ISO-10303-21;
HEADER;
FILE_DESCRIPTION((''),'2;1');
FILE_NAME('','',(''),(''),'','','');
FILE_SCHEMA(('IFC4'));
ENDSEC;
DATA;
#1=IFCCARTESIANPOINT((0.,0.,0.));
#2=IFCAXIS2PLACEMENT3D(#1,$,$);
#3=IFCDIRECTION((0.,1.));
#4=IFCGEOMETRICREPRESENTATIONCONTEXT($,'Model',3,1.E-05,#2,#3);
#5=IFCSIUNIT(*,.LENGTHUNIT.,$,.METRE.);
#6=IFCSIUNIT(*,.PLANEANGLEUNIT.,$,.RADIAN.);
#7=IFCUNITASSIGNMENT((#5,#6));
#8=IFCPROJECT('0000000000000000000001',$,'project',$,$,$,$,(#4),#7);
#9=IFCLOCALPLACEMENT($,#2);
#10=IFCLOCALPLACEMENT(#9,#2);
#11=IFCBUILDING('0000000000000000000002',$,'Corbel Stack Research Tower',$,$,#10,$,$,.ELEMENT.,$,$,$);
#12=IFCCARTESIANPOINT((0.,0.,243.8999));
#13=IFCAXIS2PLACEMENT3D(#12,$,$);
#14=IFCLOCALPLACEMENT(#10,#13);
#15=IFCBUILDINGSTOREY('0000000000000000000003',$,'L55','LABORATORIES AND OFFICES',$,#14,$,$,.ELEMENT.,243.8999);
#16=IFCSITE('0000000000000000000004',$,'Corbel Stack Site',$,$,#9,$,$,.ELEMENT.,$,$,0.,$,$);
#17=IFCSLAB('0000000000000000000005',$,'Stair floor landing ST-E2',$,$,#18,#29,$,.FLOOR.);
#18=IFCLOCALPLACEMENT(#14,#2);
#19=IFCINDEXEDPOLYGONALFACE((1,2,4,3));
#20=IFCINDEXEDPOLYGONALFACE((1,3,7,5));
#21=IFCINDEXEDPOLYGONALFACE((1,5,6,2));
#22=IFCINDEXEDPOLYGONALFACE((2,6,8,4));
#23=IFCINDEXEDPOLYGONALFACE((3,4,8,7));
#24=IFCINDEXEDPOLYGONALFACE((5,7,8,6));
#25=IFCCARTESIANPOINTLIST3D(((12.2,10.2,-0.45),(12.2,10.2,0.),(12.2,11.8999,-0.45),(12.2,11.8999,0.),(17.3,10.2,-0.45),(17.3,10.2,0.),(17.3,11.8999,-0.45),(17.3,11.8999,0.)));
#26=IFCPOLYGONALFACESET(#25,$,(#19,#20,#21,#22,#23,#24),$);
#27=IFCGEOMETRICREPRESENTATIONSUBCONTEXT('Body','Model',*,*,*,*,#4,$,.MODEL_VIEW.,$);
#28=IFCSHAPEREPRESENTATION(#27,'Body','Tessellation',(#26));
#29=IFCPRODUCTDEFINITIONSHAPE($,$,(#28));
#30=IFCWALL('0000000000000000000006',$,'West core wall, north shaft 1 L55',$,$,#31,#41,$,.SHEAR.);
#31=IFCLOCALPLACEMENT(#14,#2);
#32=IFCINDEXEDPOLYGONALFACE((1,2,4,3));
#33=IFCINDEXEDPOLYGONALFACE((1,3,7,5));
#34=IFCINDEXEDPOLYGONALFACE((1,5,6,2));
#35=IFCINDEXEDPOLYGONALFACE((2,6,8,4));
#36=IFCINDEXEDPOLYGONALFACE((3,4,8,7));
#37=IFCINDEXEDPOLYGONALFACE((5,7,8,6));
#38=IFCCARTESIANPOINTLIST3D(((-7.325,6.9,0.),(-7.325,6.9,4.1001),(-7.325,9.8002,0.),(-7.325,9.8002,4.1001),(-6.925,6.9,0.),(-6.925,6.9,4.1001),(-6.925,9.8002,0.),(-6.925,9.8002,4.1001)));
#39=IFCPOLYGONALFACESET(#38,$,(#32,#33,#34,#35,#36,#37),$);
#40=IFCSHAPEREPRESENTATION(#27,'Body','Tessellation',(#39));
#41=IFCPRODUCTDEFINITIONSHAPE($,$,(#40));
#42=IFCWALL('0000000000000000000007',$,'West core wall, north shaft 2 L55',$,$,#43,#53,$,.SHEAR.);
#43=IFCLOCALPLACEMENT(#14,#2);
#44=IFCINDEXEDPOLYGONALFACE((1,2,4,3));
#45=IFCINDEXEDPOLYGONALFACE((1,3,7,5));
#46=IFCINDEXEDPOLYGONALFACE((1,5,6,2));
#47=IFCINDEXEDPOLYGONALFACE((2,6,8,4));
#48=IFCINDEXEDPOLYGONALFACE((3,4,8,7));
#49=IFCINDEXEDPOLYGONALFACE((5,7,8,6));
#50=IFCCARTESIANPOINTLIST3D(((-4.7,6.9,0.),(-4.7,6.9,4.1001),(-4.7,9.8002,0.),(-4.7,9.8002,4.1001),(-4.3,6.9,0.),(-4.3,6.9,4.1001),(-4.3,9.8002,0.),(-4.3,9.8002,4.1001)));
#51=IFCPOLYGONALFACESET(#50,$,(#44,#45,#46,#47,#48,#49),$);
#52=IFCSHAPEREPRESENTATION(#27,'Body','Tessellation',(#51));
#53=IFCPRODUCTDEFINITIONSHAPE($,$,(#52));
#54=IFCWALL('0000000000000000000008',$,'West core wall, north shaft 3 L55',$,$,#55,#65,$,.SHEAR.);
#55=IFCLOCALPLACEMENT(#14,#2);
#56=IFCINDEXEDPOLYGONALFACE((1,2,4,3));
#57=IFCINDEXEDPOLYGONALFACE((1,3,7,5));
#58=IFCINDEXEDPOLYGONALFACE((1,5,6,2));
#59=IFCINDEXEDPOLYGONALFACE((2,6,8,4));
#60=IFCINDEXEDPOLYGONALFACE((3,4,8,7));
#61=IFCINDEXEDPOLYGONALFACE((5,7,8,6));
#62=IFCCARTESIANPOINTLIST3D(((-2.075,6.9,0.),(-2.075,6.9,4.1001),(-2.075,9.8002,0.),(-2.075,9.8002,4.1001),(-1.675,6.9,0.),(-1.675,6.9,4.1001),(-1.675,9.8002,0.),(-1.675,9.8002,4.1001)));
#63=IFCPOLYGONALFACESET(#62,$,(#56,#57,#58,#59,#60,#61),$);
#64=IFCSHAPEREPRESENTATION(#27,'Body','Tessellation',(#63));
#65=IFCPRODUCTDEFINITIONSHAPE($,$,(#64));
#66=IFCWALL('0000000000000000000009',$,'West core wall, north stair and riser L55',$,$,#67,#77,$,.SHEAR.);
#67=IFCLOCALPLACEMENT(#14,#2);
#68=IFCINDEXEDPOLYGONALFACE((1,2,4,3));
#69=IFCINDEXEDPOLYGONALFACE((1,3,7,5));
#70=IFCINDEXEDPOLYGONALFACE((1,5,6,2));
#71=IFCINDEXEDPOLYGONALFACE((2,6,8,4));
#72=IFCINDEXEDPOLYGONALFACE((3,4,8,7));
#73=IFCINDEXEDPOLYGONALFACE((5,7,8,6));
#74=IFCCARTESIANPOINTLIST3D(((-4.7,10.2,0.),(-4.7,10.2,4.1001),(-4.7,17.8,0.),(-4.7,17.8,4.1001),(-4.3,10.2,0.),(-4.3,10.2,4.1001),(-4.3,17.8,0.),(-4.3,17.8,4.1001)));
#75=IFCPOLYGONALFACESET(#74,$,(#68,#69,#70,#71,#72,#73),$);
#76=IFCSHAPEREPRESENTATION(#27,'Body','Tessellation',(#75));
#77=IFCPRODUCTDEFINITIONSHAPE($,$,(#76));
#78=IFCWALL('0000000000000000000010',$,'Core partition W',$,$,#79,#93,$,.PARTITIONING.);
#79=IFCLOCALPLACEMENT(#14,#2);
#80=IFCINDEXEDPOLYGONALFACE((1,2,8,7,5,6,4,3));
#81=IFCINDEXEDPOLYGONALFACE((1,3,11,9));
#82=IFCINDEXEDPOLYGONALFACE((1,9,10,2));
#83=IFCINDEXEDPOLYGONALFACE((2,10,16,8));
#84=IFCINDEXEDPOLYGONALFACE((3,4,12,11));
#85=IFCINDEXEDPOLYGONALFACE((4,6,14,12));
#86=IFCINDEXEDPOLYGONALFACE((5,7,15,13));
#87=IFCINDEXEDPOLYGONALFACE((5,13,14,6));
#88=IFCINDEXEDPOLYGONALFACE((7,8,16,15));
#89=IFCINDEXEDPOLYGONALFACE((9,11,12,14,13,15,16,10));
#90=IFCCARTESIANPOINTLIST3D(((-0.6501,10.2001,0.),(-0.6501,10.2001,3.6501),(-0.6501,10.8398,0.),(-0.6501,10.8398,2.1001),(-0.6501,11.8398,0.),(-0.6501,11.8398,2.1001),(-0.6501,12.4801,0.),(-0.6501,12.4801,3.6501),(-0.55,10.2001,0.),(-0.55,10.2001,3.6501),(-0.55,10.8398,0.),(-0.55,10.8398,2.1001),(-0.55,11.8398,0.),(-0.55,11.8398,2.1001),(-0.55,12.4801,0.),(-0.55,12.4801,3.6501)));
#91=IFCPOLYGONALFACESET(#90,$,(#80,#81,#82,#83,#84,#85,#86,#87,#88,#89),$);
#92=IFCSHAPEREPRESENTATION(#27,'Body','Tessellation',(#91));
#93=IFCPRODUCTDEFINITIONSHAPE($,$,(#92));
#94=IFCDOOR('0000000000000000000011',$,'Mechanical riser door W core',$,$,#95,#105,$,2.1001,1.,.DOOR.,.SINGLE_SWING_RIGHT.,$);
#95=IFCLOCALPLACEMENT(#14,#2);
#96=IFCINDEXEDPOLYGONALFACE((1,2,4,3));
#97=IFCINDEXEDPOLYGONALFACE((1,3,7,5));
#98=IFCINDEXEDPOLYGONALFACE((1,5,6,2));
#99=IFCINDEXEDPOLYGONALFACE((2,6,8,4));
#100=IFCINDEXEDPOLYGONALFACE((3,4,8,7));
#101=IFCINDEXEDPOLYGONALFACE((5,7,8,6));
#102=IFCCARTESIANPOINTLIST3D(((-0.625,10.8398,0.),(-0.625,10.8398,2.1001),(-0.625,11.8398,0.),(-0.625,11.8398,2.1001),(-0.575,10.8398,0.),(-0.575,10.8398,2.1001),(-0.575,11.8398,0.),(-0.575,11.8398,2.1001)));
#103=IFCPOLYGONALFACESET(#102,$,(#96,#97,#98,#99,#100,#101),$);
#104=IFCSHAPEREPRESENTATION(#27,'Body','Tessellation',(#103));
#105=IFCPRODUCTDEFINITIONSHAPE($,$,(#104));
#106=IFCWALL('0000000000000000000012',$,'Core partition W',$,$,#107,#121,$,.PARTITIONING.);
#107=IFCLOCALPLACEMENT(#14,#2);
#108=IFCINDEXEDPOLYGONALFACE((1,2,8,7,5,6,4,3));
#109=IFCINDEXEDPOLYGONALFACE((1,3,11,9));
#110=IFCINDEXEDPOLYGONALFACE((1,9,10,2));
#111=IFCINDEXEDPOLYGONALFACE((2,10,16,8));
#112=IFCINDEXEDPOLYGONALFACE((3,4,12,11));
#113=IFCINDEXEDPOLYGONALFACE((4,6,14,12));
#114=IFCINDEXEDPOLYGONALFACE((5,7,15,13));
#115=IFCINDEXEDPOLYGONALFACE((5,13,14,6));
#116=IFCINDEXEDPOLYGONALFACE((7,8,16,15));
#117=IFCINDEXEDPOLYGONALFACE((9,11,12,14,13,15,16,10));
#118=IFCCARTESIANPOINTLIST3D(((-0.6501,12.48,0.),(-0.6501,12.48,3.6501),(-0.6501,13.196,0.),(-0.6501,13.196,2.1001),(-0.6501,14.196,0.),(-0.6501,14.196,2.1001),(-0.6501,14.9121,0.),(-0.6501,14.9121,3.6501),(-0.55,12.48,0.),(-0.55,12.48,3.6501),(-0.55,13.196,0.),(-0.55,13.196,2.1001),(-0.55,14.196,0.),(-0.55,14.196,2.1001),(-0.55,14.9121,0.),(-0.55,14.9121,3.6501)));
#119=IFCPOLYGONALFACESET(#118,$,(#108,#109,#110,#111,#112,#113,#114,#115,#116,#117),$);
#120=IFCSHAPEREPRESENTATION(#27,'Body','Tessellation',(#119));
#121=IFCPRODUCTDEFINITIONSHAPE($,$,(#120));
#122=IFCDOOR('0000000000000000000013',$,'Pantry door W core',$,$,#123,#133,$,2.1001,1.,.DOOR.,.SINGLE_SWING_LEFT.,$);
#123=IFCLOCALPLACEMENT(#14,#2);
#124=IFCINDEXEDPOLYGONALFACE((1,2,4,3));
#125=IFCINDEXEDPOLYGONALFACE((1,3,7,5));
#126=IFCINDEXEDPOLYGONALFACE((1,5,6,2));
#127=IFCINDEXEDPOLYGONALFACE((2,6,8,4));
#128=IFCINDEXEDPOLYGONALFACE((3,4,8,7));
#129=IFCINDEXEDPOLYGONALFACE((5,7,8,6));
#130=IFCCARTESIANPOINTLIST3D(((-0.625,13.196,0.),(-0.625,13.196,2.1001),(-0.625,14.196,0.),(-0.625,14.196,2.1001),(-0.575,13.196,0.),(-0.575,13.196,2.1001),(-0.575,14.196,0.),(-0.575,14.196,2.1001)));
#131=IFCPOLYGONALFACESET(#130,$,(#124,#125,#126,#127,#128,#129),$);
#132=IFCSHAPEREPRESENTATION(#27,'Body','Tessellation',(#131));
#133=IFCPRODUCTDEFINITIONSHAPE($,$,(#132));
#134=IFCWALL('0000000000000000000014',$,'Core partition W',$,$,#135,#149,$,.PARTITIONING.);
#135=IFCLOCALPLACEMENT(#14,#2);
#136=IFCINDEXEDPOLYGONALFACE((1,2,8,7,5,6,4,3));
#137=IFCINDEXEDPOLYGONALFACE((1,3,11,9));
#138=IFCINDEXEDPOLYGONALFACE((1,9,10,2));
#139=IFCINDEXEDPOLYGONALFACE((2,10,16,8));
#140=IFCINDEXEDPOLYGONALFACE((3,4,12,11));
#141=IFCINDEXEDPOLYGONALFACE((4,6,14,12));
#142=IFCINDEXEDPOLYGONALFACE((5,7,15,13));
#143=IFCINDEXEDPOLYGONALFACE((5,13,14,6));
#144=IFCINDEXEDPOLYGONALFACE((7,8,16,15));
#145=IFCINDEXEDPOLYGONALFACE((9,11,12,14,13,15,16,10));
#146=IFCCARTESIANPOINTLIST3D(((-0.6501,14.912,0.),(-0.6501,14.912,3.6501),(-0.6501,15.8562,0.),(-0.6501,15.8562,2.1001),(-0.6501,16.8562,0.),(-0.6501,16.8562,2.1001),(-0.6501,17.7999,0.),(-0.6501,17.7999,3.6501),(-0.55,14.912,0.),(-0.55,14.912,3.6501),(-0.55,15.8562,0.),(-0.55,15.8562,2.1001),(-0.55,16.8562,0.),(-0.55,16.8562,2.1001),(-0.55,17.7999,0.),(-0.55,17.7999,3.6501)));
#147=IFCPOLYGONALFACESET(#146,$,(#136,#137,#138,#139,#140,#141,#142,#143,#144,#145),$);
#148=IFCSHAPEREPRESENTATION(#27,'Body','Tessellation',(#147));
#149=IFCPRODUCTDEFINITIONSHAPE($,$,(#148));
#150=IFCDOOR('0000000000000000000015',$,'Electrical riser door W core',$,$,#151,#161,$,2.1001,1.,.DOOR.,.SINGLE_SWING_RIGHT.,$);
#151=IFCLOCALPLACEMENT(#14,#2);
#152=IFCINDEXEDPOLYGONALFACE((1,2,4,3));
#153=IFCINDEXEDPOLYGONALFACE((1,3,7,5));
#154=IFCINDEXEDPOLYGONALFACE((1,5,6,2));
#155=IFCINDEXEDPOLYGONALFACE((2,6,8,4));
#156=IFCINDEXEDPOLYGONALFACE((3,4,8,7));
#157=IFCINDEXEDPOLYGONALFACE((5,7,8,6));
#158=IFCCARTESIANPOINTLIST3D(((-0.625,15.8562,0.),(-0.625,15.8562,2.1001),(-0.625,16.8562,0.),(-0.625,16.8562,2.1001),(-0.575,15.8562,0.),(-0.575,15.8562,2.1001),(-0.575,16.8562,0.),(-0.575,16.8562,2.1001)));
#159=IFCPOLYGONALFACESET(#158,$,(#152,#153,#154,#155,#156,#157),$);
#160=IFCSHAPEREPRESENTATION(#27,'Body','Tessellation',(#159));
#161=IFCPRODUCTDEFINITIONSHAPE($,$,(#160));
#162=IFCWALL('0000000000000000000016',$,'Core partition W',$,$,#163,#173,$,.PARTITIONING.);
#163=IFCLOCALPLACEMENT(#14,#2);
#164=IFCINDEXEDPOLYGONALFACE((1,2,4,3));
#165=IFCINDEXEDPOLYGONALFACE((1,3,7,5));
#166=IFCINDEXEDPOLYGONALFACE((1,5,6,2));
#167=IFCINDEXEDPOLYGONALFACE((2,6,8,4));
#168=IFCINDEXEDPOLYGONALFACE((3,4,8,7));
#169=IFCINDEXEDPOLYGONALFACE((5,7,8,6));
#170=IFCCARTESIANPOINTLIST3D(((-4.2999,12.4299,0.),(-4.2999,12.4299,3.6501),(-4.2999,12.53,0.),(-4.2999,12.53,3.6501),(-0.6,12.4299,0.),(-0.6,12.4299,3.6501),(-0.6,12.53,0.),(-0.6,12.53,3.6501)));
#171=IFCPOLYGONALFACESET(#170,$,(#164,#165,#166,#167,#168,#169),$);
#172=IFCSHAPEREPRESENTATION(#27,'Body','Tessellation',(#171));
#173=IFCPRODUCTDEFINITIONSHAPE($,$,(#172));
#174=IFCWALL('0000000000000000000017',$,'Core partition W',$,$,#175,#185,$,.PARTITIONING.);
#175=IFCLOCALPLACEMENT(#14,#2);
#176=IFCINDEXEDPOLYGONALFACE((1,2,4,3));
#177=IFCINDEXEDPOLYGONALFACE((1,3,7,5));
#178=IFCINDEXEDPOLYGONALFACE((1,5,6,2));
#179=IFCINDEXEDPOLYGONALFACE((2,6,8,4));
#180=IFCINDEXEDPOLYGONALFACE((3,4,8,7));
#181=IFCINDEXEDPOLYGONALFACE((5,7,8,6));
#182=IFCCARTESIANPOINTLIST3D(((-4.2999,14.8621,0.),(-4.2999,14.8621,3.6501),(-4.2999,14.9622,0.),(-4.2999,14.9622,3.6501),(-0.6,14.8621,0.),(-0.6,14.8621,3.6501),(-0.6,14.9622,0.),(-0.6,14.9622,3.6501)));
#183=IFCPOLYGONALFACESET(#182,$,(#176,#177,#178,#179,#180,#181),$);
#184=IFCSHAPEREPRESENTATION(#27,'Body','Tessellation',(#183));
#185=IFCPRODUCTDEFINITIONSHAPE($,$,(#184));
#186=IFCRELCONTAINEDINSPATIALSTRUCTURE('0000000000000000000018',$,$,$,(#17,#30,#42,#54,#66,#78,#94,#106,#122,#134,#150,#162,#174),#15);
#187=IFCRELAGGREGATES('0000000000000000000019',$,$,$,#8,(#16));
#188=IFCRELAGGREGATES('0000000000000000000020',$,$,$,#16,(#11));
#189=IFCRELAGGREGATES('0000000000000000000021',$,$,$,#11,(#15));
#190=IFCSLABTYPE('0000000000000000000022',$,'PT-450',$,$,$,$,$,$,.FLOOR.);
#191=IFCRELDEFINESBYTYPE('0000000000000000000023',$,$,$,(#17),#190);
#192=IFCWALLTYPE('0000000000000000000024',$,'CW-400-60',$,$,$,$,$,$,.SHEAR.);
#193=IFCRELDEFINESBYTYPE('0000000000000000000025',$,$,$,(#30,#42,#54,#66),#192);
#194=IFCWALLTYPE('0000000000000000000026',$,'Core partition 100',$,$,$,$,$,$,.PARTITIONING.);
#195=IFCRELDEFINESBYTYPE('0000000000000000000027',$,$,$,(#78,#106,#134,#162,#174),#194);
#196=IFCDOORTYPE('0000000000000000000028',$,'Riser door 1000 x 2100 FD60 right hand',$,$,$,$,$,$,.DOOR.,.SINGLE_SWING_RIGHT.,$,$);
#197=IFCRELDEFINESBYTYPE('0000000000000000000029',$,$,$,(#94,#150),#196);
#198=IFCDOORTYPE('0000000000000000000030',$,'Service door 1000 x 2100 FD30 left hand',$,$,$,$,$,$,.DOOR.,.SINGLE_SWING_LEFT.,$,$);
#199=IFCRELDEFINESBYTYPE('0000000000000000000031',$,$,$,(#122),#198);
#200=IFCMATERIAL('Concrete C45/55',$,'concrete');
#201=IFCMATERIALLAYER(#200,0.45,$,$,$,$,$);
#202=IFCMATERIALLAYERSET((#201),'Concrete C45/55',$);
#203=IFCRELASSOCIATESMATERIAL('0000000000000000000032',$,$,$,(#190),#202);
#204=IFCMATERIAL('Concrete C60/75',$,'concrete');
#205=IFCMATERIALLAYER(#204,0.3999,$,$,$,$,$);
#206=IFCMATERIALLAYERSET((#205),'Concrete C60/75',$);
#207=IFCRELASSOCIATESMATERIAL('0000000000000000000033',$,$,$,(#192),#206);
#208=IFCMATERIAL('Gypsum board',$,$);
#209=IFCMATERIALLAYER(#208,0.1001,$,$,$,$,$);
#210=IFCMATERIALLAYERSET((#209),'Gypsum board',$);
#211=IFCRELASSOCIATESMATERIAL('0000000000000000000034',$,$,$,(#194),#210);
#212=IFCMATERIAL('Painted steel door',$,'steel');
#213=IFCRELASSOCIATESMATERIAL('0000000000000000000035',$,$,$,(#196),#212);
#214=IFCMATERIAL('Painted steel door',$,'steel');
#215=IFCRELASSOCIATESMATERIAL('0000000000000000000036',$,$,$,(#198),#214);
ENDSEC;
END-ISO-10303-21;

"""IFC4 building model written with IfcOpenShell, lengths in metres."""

from ifc_helpers import new_model, si_unit, direction, frame, frame_2d, origin, place, context, subcontext, project, spatial, polyline, rectangle, outline, extrude, material, layer, layer_set, type_object, element, fill, save


model = new_model("IFC4")

# Units and contexts
model_context = context("Model", 3, precision=1e-05, world=origin(), true_north=direction((0.0, 1.0)))
body_context = subcontext(model_context, "Body", "Model", "MODEL_VIEW")
ifc_project = project(units=[si_unit("LENGTHUNIT", "METRE"), si_unit("PLANEANGLEUNIT", "RADIAN")], contexts=[model_context])

# Site, building, storey
site_placement = place(None, origin())
site = spatial("IfcSite", under=ifc_project, at=site_placement, Name="Corbel Stack Site", CompositionType="ELEMENT", RefElevation=0.0)
building_placement = place(site_placement, origin())
building = spatial("IfcBuilding", under=site, at=building_placement, Name="Corbel Stack Research Tower", CompositionType="ELEMENT")
storey_placement = place(building_placement, frame((0.0, 0.0, 243.8999)))
storey = spatial("IfcBuildingStorey", under=building, at=storey_placement, Name="L55", Description="LABORATORIES AND OFFICES", CompositionType="ELEMENT", Elevation=243.8999)

# Slab
ifc_material_1 = material(Name="Concrete C45/55", Category="concrete")
ifc_layer_1 = layer(ifc_material_1, 0.45)
ifc_layer_set_1 = layer_set([ifc_layer_1], Name="Concrete C45/55")
slab_type = type_object("IfcSlabType", Name="PT-450", PredefinedType="FLOOR", material=ifc_layer_set_1)
slab_placement = place(storey_placement, frame((0.0, 0.0, -0.45)))
element("IfcSlab", 1, at=slab_placement, inside=storey, type_object=slab_type, Name="Stair floor landing ST-E2", PredefinedType="FLOOR", context=body_context, shape_type="SweptSolid", body=[
    extrude(outline(polyline([(12.2, 10.2), (17.3, 10.2), (17.3, 11.8999), (12.2, 11.8999), (12.2, 10.2)])), origin(), (0.0, 0.0, 1.0), 0.45),
])

# Walls
ifc_material_2 = material(Name="Concrete C60/75", Category="concrete")
ifc_layer_2 = layer(ifc_material_2, 0.3999)
ifc_layer_set_2 = layer_set([ifc_layer_2], Name="Concrete C60/75")
wall_type_1 = type_object("IfcWallType", Name="CW-400-60", PredefinedType="SHEAR", material=ifc_layer_set_2)
for number, where, z_axis, x_axis, name in (
    (2, (-7.125, 6.8999, 0.0), (0.0, 0.0, 1.0), (0.0, 1.0, 0.0), "West core wall, north shaft 1 L55"),
    (3, (-4.5, 6.8999, 0.0), (0.0, 0.0, 1.0), (0.0, 1.0, 0.0), "West core wall, north shaft 2 L55"),
    (4, (-1.875, 6.8999, 0.0), (0.0, 0.0, 1.0), (0.0, 1.0, 0.0), "West core wall, north shaft 3 L55"),
):
    element("IfcWall", number, at=place(storey_placement, frame(where, z_axis=z_axis, x_axis=x_axis)), inside=storey, type_object=wall_type_1, Name=name, PredefinedType="SHEAR", context=body_context, shape_type="SweptSolid", body=[
        extrude(rectangle(XDim=2.9001, YDim=0.3999, at=frame_2d((1.4502, 0.0))), origin(), (0.0, 0.0, 1.0), 4.1001),
    ])
wall_1_placement = place(storey_placement, frame((-4.5, 10.2, 0.0), z_axis=(0.0, 0.0, 1.0), x_axis=(0.0, 1.0, 0.0)))
element("IfcWall", 5, at=wall_1_placement, inside=storey, type_object=wall_type_1, Name="West core wall, north stair and riser L55", PredefinedType="SHEAR", context=body_context, shape_type="SweptSolid", body=[
    extrude(rectangle(XDim=7.6001, YDim=0.3999, at=frame_2d((3.8, 0.0))), origin(), (0.0, 0.0, 1.0), 4.1001),
])

# Walls, openings, doors
ifc_material_3 = material(Name="Gypsum board")
ifc_layer_3 = layer(ifc_material_3, 0.1001)
ifc_layer_set_3 = layer_set([ifc_layer_3], Name="Gypsum board")
wall_type_2 = type_object("IfcWallType", Name="Core partition 100", PredefinedType="PARTITIONING", material=ifc_layer_set_3)
wall_2_placement = place(storey_placement, frame((-0.6001, 10.2, 0.0), z_axis=(0.0, 0.0, 1.0), x_axis=(0.0, 1.0, 0.0)))
wall_2 = element("IfcWall", 6, at=wall_2_placement, inside=storey, type_object=wall_type_2, Name="Core partition W", PredefinedType="PARTITIONING", context=body_context, shape_type="SweptSolid", body=[
    extrude(rectangle(XDim=2.28, YDim=0.1001, at=frame_2d((1.1401, 0.0))), origin(), (0.0, 0.0, 1.0), 3.6501),
])
opening_1_placement = place(wall_2_placement, frame((0.6399, 0.0, 0.0)))
opening_1 = element("IfcOpeningElement", 7, at=opening_1_placement, cuts=wall_2, PredefinedType="OPENING", context=body_context, shape_type="SweptSolid", body=[
    extrude(rectangle(XDim=1.0, YDim=2.1001, at=frame_2d((0.5, 1.05))), frame((0.0, 0.0601, 0.0), z_axis=(0.0, -1.0, 0.0), x_axis=(1.0, 0.0, 0.0)), (0.0, 0.0, 1.0), 0.1201),
])
ifc_material_4 = material(Name="Painted steel door", Category="steel")
door_type_1 = type_object("IfcDoorType", Name="Riser door 1000 x 2100 FD60 right hand", OperationType="SINGLE_SWING_RIGHT", PredefinedType="DOOR", material=ifc_material_4)
door_1_placement = place(opening_1_placement, origin())
door_1 = element("IfcDoor", 8, at=door_1_placement, inside=storey, type_object=door_type_1, Name="Mechanical riser door W core", OperationType="SINGLE_SWING_RIGHT", OverallHeight=2.1001, OverallWidth=1.0, PredefinedType="DOOR", context=body_context, shape_type="SweptSolid", body=[
    extrude(rectangle(XDim=1.0, YDim=2.1001, at=frame_2d((0.5, 1.05))), frame((0.0, 0.0249, 0.0), z_axis=(0.0, -1.0, 0.0), x_axis=(1.0, 0.0, 0.0)), (0.0, 0.0, 1.0), 0.05),
])
fill(opening_1, door_1)
wall_3_placement = place(storey_placement, frame((-0.6001, 12.48, 0.0), z_axis=(0.0, 0.0, 1.0), x_axis=(0.0, 1.0, 0.0)))
wall_3 = element("IfcWall", 9, at=wall_3_placement, inside=storey, type_object=wall_type_2, Name="Core partition W", PredefinedType="PARTITIONING", context=body_context, shape_type="SweptSolid", body=[
    extrude(rectangle(XDim=2.4321, YDim=0.1001, at=frame_2d((1.2161, 0.0))), origin(), (0.0, 0.0, 1.0), 3.6501),
])
opening_2_placement = place(wall_3_placement, frame((0.7161, 0.0, 0.0)))
opening_2 = element("IfcOpeningElement", 10, at=opening_2_placement, cuts=wall_3, PredefinedType="OPENING", context=body_context, shape_type="SweptSolid", body=[
    extrude(rectangle(XDim=1.0, YDim=2.1001, at=frame_2d((0.5, 1.05))), frame((0.0, 0.0601, 0.0), z_axis=(0.0, -1.0, 0.0), x_axis=(1.0, 0.0, 0.0)), (0.0, 0.0, 1.0), 0.1201),
])
ifc_material_5 = material(Name="Painted steel door", Category="steel")
door_type_2 = type_object("IfcDoorType", Name="Service door 1000 x 2100 FD30 left hand", OperationType="SINGLE_SWING_LEFT", PredefinedType="DOOR", material=ifc_material_5)
door_2_placement = place(opening_2_placement, origin())
door_2 = element("IfcDoor", 11, at=door_2_placement, inside=storey, type_object=door_type_2, Name="Pantry door W core", OperationType="SINGLE_SWING_LEFT", OverallHeight=2.1001, OverallWidth=1.0, PredefinedType="DOOR", context=body_context, shape_type="SweptSolid", body=[
    extrude(rectangle(XDim=1.0, YDim=2.1001, at=frame_2d((0.5, 1.05))), frame((0.0, 0.0249, 0.0), z_axis=(0.0, -1.0, 0.0), x_axis=(1.0, 0.0, 0.0)), (0.0, 0.0, 1.0), 0.05),
])
fill(opening_2, door_2)
wall_4_placement = place(storey_placement, frame((-0.6001, 14.9121, 0.0), z_axis=(0.0, 0.0, 1.0), x_axis=(0.0, 1.0, 0.0)))
wall_4 = element("IfcWall", 12, at=wall_4_placement, inside=storey, type_object=wall_type_2, Name="Core partition W", PredefinedType="PARTITIONING", context=body_context, shape_type="SweptSolid", body=[
    extrude(rectangle(XDim=2.8879, YDim=0.1001, at=frame_2d((1.4438, 0.0))), origin(), (0.0, 0.0, 1.0), 3.6501),
])
opening_3_placement = place(wall_4_placement, frame((0.9441, 0.0, 0.0)))
opening_3 = element("IfcOpeningElement", 13, at=opening_3_placement, cuts=wall_4, PredefinedType="OPENING", context=body_context, shape_type="SweptSolid", body=[
    extrude(rectangle(XDim=1.0, YDim=2.1001, at=frame_2d((0.5, 1.05))), frame((0.0, 0.0601, 0.0), z_axis=(0.0, -1.0, 0.0), x_axis=(1.0, 0.0, 0.0)), (0.0, 0.0, 1.0), 0.1201),
])
door_3_placement = place(opening_3_placement, origin())
door_3 = element("IfcDoor", 14, at=door_3_placement, inside=storey, type_object=door_type_1, Name="Electrical riser door W core", OperationType="SINGLE_SWING_RIGHT", OverallHeight=2.1001, OverallWidth=1.0, PredefinedType="DOOR", context=body_context, shape_type="SweptSolid", body=[
    extrude(rectangle(XDim=1.0, YDim=2.1001, at=frame_2d((0.5, 1.05))), frame((0.0, 0.0249, 0.0), z_axis=(0.0, -1.0, 0.0), x_axis=(1.0, 0.0, 0.0)), (0.0, 0.0, 1.0), 0.05),
])
fill(opening_3, door_3)

# Walls
for number, where, z_axis, x_axis, name in (
    (15, (-4.3, 12.48, 0.0), (0.0, 0.0, 1.0), (1.0, 0.0, 0.0), "Core partition W"),
    (16, (-4.3, 14.9121, 0.0), (0.0, 0.0, 1.0), (1.0, 0.0, 0.0), "Core partition W"),
):
    element("IfcWall", number, at=place(storey_placement, frame(where, z_axis=z_axis, x_axis=x_axis)), inside=storey, type_object=wall_type_2, Name=name, PredefinedType="PARTITIONING", context=body_context, shape_type="SweptSolid", body=[
        extrude(rectangle(XDim=3.7, YDim=0.1001, at=frame_2d((1.8501, 0.0))), origin(), (0.0, 0.0, 1.0), 3.6501),
    ])

save(model, "model.ifc")
